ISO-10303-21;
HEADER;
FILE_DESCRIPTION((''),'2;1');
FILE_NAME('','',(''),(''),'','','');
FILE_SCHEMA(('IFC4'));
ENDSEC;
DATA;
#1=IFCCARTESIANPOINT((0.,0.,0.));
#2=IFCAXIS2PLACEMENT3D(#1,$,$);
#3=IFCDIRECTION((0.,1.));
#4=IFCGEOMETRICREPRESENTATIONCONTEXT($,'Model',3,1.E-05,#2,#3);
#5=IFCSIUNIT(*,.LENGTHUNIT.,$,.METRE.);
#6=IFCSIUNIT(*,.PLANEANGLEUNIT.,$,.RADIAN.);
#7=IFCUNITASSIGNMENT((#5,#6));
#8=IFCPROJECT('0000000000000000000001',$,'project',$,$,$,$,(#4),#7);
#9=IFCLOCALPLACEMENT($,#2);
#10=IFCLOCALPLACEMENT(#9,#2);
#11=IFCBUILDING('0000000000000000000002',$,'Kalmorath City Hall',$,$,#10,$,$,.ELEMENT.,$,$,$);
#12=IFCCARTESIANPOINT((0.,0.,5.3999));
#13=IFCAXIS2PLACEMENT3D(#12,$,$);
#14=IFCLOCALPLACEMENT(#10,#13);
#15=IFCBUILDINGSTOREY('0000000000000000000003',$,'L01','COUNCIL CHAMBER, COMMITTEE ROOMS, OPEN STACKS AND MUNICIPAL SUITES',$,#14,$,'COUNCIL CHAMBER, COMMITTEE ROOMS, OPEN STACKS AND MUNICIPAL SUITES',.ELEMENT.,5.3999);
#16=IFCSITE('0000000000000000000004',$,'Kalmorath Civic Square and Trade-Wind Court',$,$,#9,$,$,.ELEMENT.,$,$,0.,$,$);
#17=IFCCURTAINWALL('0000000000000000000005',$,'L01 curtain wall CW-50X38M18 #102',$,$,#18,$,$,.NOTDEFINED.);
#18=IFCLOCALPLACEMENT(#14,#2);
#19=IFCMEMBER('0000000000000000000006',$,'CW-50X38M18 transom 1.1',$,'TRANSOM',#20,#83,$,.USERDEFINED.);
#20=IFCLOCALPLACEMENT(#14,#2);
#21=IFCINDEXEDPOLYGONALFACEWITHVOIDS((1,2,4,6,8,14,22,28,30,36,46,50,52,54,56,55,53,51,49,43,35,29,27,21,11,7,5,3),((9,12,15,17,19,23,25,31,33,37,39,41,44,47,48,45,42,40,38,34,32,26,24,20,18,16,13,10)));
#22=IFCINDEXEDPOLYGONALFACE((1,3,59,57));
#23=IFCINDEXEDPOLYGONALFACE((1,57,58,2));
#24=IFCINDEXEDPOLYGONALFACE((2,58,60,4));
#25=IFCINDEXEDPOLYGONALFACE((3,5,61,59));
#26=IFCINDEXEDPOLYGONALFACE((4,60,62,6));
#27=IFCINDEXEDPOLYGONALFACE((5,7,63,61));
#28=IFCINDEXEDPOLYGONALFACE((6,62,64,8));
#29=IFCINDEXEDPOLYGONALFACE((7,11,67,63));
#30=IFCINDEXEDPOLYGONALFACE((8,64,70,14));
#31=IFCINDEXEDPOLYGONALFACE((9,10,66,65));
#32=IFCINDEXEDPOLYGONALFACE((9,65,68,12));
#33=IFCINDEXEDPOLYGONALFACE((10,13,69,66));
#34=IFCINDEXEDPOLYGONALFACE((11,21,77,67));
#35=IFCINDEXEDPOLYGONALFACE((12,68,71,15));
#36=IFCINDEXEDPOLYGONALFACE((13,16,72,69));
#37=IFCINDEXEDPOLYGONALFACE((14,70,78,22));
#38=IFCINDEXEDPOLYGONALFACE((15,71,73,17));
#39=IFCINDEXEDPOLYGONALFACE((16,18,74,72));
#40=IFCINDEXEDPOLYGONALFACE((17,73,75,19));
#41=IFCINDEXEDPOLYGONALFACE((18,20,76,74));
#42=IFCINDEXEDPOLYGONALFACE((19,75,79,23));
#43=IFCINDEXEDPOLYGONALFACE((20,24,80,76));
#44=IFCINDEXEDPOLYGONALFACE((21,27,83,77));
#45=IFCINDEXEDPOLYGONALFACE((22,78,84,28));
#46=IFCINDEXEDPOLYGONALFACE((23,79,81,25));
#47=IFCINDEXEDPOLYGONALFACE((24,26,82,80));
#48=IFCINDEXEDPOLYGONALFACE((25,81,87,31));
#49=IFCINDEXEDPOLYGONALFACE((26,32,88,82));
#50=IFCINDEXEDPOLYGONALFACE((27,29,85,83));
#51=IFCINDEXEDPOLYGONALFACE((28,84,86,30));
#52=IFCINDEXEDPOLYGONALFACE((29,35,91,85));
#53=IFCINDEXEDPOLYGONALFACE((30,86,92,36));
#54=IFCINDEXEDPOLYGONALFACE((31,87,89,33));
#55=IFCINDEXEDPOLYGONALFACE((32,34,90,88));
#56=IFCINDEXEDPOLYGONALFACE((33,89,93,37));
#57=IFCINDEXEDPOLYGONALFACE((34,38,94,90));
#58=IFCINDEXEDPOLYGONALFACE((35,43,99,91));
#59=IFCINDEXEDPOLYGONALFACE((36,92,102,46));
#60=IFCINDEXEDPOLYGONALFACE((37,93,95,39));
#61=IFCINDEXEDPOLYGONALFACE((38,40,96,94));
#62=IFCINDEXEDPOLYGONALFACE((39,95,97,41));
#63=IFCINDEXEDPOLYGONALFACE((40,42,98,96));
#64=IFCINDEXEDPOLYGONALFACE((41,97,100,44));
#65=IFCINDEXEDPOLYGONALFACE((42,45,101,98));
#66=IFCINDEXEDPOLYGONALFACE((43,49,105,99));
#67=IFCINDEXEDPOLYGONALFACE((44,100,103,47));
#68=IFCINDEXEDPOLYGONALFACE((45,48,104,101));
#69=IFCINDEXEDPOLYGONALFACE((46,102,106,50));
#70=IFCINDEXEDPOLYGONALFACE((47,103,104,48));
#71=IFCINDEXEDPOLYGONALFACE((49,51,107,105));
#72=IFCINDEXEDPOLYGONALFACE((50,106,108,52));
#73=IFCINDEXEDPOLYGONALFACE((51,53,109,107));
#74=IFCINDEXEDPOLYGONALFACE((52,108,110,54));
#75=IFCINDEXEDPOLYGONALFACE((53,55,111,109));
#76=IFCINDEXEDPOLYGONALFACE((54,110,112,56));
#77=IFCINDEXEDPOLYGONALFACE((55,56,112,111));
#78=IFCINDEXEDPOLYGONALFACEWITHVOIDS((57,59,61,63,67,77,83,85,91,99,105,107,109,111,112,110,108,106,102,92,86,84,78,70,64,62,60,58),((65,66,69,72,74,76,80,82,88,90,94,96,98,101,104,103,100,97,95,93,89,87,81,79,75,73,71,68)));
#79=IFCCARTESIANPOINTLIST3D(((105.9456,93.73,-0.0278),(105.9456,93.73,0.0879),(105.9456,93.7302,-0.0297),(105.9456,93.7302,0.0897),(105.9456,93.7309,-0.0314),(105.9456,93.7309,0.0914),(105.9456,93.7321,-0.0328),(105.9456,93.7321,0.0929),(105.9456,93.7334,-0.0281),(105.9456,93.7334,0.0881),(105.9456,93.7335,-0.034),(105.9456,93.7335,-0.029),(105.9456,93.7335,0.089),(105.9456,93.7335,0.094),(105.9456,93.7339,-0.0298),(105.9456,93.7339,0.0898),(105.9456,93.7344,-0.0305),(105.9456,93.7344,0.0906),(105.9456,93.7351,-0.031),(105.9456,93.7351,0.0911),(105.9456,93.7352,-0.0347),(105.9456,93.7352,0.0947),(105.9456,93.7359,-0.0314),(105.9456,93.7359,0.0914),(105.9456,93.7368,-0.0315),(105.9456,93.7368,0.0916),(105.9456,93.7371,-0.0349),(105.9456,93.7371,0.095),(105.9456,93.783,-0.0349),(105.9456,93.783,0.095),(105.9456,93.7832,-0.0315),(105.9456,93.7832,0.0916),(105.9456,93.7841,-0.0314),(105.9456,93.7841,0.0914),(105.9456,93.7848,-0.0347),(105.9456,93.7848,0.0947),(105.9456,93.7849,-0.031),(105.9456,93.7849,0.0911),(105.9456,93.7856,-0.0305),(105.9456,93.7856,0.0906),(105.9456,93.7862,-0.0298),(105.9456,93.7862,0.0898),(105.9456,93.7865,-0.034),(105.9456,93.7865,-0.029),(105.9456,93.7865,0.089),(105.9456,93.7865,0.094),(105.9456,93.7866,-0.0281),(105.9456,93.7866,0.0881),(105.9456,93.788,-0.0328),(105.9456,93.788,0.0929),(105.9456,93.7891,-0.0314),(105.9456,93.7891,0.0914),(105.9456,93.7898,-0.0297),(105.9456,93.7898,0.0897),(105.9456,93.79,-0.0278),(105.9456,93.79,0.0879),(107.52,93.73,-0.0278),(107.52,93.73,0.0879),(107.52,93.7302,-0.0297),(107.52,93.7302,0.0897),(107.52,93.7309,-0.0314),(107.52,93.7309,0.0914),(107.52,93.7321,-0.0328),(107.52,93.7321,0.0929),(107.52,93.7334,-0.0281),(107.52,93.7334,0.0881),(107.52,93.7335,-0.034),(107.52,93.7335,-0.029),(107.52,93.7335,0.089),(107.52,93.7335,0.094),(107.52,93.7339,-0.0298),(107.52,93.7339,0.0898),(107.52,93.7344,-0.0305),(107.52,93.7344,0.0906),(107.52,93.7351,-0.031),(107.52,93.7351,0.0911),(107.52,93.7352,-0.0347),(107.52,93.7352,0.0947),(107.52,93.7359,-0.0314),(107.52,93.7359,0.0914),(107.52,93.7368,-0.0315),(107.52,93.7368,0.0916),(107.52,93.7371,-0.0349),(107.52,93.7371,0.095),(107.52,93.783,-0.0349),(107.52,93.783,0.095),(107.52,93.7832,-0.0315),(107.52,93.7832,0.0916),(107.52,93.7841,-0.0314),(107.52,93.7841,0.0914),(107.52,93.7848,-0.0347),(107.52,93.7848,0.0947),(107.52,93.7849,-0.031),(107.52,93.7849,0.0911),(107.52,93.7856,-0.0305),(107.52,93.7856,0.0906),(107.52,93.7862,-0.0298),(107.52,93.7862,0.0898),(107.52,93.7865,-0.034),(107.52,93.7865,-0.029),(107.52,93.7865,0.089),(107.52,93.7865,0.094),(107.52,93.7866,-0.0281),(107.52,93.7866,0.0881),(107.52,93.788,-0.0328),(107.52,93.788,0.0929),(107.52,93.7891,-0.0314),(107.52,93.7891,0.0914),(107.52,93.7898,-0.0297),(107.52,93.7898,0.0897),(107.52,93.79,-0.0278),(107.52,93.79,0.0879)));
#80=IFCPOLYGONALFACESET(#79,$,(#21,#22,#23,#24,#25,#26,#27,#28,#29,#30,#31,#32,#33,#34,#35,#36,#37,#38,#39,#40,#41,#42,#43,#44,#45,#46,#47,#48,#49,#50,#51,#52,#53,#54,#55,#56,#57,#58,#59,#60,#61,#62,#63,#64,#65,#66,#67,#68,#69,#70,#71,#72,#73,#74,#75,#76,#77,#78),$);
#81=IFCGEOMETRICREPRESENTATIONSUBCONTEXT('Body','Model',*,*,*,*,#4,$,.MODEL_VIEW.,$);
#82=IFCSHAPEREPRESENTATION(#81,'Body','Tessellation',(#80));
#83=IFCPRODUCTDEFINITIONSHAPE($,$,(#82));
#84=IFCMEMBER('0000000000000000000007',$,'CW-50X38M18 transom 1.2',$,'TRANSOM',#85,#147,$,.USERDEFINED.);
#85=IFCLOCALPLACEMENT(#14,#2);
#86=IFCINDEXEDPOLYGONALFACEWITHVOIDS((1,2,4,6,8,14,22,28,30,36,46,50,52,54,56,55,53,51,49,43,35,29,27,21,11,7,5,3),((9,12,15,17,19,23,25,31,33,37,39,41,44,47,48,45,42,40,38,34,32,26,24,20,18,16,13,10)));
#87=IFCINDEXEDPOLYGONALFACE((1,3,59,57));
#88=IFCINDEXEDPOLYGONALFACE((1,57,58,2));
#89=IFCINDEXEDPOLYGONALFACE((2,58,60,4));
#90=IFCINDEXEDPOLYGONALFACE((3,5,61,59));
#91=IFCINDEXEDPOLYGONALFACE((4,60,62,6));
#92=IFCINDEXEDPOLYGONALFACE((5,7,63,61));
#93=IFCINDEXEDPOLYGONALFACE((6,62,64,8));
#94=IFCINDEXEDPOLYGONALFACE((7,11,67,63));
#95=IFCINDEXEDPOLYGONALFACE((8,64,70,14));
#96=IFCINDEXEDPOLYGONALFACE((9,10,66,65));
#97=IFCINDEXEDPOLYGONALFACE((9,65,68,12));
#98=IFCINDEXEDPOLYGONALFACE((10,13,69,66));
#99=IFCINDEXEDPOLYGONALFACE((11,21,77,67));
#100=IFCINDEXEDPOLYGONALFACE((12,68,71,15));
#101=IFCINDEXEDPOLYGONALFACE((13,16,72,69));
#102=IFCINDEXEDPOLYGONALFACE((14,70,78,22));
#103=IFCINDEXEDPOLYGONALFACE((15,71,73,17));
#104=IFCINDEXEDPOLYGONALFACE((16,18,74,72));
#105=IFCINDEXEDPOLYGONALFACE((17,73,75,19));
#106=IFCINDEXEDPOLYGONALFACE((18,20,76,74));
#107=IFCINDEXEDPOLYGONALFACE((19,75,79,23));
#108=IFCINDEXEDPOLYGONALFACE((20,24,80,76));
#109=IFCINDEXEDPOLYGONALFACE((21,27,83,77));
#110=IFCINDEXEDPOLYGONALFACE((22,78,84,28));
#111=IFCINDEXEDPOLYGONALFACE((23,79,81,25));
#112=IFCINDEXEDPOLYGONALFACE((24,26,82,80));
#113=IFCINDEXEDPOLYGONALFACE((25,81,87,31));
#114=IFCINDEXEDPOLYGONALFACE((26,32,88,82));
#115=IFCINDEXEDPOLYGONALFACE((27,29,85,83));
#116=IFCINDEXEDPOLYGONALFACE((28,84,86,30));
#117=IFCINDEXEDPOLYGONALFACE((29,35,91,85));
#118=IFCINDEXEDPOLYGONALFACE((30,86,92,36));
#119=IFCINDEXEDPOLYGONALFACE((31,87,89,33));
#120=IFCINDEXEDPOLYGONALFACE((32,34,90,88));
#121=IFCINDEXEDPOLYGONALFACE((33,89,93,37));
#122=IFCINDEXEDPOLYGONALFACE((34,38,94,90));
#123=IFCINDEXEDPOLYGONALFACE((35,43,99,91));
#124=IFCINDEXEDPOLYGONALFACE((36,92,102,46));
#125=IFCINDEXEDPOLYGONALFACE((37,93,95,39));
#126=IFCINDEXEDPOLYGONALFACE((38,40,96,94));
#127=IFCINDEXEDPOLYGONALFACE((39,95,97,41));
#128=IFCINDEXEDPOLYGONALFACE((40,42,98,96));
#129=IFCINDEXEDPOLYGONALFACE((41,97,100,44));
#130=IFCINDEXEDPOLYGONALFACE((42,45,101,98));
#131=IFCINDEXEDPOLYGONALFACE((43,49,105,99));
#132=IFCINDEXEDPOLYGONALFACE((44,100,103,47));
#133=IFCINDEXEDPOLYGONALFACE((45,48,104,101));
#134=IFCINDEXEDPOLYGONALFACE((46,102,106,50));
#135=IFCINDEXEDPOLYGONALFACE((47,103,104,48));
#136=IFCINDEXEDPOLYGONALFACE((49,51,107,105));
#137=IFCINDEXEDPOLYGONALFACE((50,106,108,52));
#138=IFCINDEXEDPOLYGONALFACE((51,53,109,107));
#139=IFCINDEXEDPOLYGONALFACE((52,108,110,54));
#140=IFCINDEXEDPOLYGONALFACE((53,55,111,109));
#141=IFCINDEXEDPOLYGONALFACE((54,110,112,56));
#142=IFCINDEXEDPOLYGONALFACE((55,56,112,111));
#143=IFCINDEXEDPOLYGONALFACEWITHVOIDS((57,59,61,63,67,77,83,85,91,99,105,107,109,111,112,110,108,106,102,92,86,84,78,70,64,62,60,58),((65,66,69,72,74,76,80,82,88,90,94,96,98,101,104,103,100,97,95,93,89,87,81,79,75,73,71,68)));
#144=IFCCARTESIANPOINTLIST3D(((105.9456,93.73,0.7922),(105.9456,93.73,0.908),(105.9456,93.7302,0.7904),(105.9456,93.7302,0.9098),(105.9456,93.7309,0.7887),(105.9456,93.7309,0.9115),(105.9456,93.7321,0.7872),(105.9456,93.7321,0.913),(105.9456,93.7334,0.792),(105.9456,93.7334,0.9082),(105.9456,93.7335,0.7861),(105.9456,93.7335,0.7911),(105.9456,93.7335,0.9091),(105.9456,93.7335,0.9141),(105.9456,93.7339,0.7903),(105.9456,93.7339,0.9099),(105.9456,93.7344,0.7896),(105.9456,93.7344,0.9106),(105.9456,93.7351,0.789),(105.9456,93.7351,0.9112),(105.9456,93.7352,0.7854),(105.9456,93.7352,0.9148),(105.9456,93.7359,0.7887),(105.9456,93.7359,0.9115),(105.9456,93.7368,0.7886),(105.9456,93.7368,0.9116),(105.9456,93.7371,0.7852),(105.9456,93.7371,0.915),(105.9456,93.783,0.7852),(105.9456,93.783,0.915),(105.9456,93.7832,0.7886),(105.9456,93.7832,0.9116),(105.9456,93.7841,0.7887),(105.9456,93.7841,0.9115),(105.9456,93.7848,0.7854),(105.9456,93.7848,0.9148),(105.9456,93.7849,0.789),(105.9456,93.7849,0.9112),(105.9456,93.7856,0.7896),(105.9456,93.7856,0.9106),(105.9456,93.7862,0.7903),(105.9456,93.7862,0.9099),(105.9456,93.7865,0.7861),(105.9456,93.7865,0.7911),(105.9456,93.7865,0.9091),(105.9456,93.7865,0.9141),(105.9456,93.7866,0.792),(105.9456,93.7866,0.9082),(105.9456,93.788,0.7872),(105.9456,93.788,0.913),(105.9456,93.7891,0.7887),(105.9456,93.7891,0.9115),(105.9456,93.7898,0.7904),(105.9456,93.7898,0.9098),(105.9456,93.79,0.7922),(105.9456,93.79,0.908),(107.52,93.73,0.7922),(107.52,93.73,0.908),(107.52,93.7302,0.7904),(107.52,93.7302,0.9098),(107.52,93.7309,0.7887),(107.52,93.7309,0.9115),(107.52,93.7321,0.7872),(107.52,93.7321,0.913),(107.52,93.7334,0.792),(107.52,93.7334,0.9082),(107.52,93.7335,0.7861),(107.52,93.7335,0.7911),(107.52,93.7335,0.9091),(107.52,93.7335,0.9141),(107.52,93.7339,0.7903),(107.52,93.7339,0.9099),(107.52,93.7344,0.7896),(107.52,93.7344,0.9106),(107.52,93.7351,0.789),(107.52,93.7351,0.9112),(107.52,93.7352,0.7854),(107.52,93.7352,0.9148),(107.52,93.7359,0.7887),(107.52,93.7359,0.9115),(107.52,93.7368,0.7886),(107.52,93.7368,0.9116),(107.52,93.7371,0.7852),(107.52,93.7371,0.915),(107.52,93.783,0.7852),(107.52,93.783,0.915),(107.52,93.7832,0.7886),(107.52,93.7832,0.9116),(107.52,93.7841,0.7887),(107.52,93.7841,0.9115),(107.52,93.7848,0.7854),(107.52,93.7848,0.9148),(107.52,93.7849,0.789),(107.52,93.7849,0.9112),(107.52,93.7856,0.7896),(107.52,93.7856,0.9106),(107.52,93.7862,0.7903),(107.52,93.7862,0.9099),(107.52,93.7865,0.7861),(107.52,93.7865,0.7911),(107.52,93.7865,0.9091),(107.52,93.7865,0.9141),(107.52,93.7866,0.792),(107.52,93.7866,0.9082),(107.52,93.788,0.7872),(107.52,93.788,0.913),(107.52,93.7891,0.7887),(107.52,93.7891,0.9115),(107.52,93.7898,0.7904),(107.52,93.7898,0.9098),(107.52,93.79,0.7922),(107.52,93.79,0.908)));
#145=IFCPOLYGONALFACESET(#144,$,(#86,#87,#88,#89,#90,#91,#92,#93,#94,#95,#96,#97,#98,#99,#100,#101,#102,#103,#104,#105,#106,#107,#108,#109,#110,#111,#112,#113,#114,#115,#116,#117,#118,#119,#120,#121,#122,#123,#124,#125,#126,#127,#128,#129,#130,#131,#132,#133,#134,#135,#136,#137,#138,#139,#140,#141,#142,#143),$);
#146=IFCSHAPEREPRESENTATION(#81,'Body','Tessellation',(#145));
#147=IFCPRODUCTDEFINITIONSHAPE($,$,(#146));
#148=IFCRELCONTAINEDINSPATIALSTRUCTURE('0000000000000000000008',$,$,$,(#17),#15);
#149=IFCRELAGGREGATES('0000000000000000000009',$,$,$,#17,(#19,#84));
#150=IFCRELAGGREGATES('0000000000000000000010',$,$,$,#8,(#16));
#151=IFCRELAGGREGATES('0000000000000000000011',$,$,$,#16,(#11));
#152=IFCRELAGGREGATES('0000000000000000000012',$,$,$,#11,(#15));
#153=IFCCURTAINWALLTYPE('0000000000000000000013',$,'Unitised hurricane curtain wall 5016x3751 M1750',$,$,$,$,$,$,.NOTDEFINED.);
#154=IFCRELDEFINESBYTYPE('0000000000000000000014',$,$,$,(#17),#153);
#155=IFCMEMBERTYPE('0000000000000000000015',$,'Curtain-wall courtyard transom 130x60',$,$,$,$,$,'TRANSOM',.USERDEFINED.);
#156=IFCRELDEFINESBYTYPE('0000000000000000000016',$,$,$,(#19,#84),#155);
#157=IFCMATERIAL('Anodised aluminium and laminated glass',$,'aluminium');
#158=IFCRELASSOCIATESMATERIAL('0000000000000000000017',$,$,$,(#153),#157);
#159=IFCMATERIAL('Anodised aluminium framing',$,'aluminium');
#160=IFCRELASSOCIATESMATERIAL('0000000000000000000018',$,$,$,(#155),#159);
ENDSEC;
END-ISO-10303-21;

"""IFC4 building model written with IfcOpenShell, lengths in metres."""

from ifc_helpers import new_model, si_unit, direction, frame, origin, origin_2d, place, context, subcontext, project, spatial, hollow_rectangle, extrude, material, material_profile, profile_set, type_object, element, aggregate, save


model = new_model("IFC4")

# Units and contexts
model_context = context("Model", 3, precision=1e-05, world=origin(), true_north=direction((0.0, 1.0)))
body_context = subcontext(model_context, "Body", "Model", "MODEL_VIEW")
ifc_project = project(units=[si_unit("LENGTHUNIT", "METRE"), si_unit("PLANEANGLEUNIT", "RADIAN")], contexts=[model_context])

# Site, building, storey
site_placement = place(None, origin())
site = spatial("IfcSite", under=ifc_project, at=site_placement, Name="Kalmorath Civic Square and Trade-Wind Court", CompositionType="ELEMENT", RefElevation=0.0)
building_placement = place(site_placement, origin())
building = spatial("IfcBuilding", under=site, at=building_placement, Name="Kalmorath City Hall", CompositionType="ELEMENT")
storey_placement = place(building_placement, frame((0.0, 0.0, 5.3999)))
storey = spatial("IfcBuildingStorey", under=building, at=storey_placement, Name="L01", Description="COUNCIL CHAMBER, COMMITTEE ROOMS, OPEN STACKS AND MUNICIPAL SUITES", LongName="COUNCIL CHAMBER, COMMITTEE ROOMS, OPEN STACKS AND MUNICIPAL SUITES", CompositionType="ELEMENT", Elevation=5.3999)

# Curtain wall, members
ifc_material_1 = material(Name="Anodised aluminium and laminated glass", Category="aluminium")
curtain_wall_type = type_object("IfcCurtainWallType", Name="Unitised hurricane curtain wall 5016x3751 M1750", PredefinedType="NOTDEFINED", material=ifc_material_1)
curtain_wall_placement = place(storey_placement, origin())
curtain_wall = element("IfcCurtainWall", 1, at=curtain_wall_placement, inside=storey, type_object=curtain_wall_type, Name="L01 curtain wall CW-50X38M18 #102", PredefinedType="NOTDEFINED")
ifc_material_2 = material(Name="Anodised aluminium framing", Category="aluminium")
ifc_material_profile_1 = material_profile(ifc_material_2, hollow_rectangle(XDim=0.0601, YDim=0.1299, WallThickness=0.0034, InnerFilletRadius=0.0034, OuterFilletRadius=0.0071, at=origin_2d()), Name="ALU-TRN-130X60X3.5")
ifc_profile_set_1 = profile_set([ifc_material_profile_1], Name="Anodised aluminium framing")
member_type_1 = type_object("IfcMemberType", Name="Curtain-wall courtyard transom 130x60", ElementType="TRANSOM", PredefinedType="USERDEFINED", material=ifc_profile_set_1)
member_1_placement = place(storey_placement, frame((107.52, 93.76, 0.03), z_axis=(-1.0, 0.0, 0.0), x_axis=(0.0, -1.0, 0.0)))
member_1 = element("IfcMember", 2, at=member_1_placement, type_object=member_type_1, Name="CW-50X38M18 transom 1.1", ObjectType="TRANSOM", PredefinedType="USERDEFINED", context=body_context, shape_type="SweptSolid", body=[
    extrude(hollow_rectangle(XDim=0.0601, YDim=0.1299, WallThickness=0.0034, InnerFilletRadius=0.0034, OuterFilletRadius=0.0071, at=origin_2d()), origin(), (0.0, 0.0, 1.0), 1.5745),
])
member_2_placement = place(storey_placement, frame((107.52, 93.76, 0.8501), z_axis=(-1.0, 0.0, 0.0), x_axis=(0.0, -1.0, 0.0)))
member_2 = element("IfcMember", 3, at=member_2_placement, type_object=member_type_1, Name="CW-50X38M18 transom 1.2", ObjectType="TRANSOM", PredefinedType="USERDEFINED", context=body_context, shape_type="SweptSolid", body=[
    extrude(hollow_rectangle(XDim=0.0601, YDim=0.1299, WallThickness=0.0034, InnerFilletRadius=0.0034, OuterFilletRadius=0.0071, at=origin_2d()), origin(), (0.0, 0.0, 1.0), 1.5745),
])
aggregate(curtain_wall, [member_1, member_2])

save(model, "model.ifc")
